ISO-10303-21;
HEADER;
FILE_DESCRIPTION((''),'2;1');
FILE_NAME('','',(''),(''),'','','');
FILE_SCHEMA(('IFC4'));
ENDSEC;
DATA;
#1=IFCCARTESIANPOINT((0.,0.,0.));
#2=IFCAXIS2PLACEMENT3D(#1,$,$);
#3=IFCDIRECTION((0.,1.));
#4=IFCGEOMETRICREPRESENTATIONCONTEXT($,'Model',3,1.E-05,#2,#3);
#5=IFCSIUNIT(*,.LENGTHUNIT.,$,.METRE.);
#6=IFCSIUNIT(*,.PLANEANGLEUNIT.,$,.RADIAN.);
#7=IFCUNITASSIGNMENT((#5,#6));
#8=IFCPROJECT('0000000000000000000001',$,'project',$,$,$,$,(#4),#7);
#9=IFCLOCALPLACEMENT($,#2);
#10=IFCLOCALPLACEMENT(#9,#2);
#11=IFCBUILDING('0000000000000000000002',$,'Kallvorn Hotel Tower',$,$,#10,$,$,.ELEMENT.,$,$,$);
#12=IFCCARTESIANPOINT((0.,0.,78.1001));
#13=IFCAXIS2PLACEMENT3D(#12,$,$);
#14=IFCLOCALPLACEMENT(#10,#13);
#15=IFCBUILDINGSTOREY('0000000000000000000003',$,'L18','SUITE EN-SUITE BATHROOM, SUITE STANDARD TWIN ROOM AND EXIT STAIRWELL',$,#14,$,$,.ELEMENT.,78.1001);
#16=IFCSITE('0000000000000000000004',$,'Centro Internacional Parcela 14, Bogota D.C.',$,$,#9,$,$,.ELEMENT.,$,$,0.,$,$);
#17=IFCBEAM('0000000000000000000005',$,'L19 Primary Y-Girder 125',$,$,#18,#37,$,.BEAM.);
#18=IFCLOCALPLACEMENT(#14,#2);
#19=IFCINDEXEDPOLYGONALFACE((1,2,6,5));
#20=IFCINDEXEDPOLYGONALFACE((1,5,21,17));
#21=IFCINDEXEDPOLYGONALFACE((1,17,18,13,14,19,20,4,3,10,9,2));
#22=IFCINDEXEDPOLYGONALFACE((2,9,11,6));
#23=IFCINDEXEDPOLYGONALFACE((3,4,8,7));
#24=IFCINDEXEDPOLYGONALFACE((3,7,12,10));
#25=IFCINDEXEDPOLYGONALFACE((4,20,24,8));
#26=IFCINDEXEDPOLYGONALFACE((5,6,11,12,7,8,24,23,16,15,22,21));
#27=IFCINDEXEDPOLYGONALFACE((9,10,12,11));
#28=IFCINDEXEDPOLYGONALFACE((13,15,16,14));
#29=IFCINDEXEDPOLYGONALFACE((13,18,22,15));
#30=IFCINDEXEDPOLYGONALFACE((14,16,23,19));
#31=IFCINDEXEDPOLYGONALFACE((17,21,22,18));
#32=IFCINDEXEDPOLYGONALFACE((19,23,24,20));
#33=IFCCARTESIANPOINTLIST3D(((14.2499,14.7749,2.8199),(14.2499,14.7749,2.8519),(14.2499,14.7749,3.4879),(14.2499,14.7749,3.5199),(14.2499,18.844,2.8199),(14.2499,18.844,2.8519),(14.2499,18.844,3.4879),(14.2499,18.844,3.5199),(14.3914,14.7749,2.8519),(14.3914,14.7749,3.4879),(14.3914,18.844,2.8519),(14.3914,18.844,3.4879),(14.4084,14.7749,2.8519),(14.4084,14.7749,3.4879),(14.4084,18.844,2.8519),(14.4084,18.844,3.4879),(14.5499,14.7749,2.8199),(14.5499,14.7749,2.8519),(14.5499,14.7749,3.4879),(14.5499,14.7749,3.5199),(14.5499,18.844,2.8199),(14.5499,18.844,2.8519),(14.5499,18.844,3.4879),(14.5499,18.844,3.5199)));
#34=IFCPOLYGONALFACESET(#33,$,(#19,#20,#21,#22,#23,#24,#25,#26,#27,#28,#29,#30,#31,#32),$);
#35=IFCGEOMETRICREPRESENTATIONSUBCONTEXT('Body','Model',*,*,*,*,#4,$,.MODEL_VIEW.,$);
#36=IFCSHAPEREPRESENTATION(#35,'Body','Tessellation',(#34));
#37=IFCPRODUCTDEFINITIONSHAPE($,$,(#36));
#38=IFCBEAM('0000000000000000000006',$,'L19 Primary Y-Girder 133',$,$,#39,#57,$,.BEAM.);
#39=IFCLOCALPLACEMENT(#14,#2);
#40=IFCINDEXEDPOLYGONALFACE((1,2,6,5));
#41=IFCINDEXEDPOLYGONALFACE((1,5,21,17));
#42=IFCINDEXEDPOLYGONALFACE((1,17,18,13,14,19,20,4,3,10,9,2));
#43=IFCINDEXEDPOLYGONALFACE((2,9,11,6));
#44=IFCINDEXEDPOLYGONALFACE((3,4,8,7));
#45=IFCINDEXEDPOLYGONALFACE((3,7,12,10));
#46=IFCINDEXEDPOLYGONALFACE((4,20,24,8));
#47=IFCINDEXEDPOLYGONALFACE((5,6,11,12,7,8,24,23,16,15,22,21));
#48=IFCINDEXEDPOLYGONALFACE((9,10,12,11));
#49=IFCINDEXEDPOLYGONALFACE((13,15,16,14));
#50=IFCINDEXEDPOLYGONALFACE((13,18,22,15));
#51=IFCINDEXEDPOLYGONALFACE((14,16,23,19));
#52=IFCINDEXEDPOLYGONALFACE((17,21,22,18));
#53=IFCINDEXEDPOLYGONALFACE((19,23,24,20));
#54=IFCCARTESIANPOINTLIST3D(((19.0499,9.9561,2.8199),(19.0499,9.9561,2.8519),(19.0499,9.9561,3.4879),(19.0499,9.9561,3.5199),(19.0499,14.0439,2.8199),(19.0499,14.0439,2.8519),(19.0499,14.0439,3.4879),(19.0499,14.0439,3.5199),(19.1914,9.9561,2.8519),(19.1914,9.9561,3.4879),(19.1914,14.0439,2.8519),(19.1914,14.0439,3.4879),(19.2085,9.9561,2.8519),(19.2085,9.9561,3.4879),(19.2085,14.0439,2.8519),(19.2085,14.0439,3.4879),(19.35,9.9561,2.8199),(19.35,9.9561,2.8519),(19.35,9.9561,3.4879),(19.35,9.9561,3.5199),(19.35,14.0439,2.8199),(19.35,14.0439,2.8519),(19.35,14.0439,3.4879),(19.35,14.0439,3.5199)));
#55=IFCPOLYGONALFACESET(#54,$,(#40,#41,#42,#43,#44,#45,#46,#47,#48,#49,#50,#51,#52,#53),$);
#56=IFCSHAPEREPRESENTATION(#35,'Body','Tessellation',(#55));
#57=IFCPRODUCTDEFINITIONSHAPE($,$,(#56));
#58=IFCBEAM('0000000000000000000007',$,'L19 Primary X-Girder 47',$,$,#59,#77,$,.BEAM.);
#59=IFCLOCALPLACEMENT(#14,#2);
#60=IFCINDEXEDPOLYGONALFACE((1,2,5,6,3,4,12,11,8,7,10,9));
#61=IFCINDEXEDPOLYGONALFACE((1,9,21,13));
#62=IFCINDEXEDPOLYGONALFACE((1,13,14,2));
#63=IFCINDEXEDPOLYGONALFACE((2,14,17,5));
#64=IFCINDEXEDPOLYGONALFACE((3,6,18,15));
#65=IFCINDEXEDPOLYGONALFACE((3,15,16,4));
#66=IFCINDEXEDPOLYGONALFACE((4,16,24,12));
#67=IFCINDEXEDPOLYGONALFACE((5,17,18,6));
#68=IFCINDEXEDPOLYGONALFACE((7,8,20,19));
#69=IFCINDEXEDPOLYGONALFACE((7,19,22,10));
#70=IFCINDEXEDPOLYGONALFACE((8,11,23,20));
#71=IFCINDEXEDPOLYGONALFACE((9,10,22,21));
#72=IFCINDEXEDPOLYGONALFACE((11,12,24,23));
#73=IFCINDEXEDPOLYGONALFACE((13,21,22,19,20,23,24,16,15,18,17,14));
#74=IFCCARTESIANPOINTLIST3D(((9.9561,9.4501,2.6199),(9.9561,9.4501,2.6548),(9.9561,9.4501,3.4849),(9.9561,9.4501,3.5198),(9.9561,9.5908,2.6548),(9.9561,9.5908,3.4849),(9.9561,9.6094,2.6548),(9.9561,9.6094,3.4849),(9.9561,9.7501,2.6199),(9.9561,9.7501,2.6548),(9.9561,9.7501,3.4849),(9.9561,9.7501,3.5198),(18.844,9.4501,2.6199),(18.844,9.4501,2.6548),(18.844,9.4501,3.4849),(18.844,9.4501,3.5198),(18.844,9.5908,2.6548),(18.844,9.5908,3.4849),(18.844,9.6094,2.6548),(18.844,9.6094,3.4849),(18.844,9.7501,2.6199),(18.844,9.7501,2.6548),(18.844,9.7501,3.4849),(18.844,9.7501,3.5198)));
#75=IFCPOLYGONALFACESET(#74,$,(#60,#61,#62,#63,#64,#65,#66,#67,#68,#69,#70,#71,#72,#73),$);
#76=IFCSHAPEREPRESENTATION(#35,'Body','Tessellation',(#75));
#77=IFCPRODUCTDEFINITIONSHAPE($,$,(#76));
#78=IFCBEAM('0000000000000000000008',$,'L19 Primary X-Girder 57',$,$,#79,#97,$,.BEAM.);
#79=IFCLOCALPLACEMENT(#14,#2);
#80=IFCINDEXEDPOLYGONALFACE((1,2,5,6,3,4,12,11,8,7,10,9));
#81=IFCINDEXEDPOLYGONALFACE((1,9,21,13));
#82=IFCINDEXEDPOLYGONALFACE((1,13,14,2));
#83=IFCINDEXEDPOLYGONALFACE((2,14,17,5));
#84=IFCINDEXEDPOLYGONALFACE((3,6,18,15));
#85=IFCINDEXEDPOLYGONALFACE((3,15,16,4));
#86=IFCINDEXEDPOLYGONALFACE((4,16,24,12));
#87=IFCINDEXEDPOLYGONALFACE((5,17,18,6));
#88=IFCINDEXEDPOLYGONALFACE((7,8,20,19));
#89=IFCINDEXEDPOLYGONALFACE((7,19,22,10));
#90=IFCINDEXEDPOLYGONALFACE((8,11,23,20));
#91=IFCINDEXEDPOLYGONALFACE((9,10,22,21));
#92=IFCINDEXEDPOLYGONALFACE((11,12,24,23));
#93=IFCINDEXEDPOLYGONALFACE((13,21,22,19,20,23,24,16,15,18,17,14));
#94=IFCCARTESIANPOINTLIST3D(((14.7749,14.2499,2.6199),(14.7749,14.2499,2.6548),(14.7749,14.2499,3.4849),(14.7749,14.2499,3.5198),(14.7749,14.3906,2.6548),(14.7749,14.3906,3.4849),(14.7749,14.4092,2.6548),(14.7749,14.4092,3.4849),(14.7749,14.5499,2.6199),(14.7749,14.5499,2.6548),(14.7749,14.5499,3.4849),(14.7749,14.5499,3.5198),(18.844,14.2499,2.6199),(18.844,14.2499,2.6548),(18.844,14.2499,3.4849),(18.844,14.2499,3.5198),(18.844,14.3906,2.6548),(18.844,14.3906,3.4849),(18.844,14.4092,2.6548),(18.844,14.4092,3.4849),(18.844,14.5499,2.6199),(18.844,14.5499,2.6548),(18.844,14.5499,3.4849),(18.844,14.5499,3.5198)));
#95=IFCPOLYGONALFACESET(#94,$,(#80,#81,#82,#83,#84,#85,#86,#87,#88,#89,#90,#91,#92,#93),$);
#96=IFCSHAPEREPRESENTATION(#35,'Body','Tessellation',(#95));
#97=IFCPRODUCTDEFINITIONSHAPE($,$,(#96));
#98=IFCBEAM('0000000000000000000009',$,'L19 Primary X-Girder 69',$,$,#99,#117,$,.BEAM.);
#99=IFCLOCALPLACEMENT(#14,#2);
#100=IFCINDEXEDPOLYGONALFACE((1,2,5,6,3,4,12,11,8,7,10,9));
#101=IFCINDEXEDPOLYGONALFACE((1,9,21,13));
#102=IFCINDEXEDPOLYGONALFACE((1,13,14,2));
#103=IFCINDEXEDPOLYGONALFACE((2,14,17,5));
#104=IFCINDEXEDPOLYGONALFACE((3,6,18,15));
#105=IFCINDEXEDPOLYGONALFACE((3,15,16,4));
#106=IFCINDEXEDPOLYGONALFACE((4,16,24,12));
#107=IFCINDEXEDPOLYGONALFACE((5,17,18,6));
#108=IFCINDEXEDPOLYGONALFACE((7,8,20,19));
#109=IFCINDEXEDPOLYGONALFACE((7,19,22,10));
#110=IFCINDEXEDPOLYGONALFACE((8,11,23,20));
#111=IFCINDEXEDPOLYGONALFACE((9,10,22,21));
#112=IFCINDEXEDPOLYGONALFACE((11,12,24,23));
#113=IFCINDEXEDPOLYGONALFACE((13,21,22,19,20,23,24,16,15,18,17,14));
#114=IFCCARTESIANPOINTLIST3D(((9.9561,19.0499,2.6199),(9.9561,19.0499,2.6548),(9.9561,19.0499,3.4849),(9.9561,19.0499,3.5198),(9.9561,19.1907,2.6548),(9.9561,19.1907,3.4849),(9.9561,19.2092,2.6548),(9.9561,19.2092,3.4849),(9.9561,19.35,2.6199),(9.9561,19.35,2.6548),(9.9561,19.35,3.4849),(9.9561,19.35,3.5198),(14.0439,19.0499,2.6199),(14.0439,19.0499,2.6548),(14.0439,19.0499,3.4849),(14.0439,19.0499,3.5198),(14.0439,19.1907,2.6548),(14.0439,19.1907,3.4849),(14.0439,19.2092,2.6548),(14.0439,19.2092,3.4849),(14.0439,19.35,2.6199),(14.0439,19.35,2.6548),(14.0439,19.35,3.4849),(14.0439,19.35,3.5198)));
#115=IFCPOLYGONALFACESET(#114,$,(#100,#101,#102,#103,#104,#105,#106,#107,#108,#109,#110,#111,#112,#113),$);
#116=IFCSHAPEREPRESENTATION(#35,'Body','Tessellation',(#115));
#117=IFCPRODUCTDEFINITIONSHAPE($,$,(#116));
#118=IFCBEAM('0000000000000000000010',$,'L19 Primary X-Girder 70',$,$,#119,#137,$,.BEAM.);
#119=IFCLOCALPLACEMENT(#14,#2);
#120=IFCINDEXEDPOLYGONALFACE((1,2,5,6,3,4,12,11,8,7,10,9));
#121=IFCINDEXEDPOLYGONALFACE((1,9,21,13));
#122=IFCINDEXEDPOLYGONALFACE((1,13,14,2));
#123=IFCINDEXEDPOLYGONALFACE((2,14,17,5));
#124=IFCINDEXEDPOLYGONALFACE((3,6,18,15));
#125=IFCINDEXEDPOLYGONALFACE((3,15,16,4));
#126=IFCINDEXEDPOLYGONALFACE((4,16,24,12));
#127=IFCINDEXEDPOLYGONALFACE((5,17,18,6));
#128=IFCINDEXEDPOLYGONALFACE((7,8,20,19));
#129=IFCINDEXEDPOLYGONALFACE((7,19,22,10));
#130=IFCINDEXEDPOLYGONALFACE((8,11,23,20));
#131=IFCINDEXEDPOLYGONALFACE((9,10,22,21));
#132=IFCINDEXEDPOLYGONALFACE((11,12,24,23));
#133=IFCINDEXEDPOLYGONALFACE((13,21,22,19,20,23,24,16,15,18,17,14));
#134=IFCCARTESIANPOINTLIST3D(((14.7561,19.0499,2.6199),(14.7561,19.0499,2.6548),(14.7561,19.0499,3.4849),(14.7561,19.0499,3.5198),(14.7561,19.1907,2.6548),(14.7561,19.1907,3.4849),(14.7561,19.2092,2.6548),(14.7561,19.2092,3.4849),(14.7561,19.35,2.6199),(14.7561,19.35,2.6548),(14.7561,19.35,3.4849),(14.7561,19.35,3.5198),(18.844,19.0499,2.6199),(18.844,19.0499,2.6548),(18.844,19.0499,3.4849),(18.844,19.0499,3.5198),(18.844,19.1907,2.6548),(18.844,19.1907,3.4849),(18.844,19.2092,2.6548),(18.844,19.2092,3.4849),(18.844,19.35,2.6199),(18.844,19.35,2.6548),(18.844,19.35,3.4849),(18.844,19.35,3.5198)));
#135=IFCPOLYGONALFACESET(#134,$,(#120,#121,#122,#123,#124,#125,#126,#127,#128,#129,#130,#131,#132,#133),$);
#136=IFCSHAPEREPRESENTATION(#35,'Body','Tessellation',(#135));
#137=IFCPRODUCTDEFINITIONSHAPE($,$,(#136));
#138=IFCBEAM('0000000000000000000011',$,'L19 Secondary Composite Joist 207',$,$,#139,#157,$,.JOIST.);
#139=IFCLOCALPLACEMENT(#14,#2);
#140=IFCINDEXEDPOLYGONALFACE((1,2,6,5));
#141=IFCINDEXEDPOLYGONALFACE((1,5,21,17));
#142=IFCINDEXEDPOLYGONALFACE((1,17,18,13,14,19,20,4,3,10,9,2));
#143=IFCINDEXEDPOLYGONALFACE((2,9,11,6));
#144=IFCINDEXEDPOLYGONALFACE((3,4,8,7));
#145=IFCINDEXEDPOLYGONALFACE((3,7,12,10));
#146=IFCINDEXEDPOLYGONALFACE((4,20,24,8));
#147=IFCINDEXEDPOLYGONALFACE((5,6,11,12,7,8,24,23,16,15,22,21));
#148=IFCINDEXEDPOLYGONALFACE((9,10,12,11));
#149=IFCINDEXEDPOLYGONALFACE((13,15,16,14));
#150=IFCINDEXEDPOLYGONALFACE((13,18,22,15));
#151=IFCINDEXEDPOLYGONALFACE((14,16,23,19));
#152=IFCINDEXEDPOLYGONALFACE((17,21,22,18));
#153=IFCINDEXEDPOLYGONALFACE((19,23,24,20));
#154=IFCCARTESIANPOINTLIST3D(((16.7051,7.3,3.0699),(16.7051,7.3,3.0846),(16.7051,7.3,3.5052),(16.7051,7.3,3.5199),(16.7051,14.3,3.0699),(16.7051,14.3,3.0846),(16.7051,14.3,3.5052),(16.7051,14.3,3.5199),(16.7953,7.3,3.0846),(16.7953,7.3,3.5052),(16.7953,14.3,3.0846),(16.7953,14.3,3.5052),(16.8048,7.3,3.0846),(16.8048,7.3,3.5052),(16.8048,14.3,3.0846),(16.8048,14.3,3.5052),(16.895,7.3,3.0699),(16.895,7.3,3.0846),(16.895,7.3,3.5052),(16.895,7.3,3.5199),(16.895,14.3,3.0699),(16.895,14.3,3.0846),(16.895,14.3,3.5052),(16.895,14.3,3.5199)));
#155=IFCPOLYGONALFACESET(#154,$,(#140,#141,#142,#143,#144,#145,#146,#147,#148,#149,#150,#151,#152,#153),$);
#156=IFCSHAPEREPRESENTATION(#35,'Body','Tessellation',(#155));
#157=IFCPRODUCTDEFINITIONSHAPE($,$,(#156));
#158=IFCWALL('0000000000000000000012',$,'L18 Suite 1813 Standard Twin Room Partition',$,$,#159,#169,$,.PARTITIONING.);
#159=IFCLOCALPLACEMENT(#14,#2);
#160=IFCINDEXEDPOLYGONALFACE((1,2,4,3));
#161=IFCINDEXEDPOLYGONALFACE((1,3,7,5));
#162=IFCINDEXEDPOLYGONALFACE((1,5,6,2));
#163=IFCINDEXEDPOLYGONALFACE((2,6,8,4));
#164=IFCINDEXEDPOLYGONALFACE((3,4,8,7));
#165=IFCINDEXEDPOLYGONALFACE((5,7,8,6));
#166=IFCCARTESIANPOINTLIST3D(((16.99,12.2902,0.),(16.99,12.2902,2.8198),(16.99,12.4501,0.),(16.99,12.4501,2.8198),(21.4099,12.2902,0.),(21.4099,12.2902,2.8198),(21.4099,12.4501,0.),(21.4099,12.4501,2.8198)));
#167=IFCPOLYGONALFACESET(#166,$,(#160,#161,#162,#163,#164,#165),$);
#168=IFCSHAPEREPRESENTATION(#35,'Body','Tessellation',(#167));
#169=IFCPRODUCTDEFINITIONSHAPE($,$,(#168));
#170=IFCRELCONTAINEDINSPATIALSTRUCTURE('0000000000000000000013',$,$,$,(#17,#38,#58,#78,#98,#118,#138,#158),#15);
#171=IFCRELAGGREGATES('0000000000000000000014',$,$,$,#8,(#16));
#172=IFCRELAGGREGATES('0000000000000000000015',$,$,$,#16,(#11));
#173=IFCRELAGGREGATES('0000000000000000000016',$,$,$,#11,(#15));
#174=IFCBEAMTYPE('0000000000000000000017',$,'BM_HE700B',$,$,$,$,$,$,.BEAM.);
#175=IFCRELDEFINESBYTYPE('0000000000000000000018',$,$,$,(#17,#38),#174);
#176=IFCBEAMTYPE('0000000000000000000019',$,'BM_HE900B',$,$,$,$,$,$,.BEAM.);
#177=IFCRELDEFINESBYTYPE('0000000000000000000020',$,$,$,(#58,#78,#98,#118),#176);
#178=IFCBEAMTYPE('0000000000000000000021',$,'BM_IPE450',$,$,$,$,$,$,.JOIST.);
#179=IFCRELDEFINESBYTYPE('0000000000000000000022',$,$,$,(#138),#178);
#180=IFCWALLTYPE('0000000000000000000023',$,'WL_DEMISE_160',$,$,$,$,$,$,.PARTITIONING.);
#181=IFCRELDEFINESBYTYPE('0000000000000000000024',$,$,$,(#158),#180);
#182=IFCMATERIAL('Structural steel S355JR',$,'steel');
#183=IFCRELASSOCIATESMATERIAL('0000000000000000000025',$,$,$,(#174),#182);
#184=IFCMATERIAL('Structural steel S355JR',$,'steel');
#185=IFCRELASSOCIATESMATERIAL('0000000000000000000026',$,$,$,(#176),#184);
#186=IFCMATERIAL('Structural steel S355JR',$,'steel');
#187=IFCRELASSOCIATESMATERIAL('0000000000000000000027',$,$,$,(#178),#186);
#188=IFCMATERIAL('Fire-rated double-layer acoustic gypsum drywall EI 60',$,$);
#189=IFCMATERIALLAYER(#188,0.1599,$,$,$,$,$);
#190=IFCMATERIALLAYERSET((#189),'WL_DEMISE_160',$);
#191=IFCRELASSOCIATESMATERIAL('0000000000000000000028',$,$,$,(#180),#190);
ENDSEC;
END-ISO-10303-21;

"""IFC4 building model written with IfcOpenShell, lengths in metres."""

from ifc_helpers import new_model, si_unit, direction, frame, frame_2d, origin, origin_2d, place, context, subcontext, project, spatial, rectangle, i_section, extrude, material, layer, layer_set, material_profile, profile_set, type_object, element, save


model = new_model("IFC4")

# Units and contexts
model_context = context("Model", 3, precision=1e-05, world=origin(), true_north=direction((0.0, 1.0)))
body_context = subcontext(model_context, "Body", "Model", "MODEL_VIEW")
ifc_project = project(units=[si_unit("LENGTHUNIT", "METRE"), si_unit("PLANEANGLEUNIT", "RADIAN")], contexts=[model_context])

# Site, building, storey
site_placement = place(None, origin())
site = spatial("IfcSite", under=ifc_project, at=site_placement, Name="Centro Internacional Parcela 14, Bogota D.C.", CompositionType="ELEMENT", RefElevation=0.0)
building_placement = place(site_placement, origin())
building = spatial("IfcBuilding", under=site, at=building_placement, Name="Kallvorn Hotel Tower", CompositionType="ELEMENT")
storey_placement = place(building_placement, frame((0.0, 0.0, 78.1001)))
storey = spatial("IfcBuildingStorey", under=building, at=storey_placement, Name="L18", Description="SUITE EN-SUITE BATHROOM, SUITE STANDARD TWIN ROOM AND EXIT STAIRWELL", CompositionType="ELEMENT", Elevation=78.1001)

# Beams
ifc_material_1 = material(Name="Structural steel S355JR", Category="steel")
ifc_material_profile_1 = material_profile(ifc_material_1, i_section(OverallWidth=0.3, OverallDepth=0.7, WebThickness=0.0171, FlangeThickness=0.032, at=origin_2d()), Name="HE 700 B")
ifc_profile_set_1 = profile_set([ifc_material_profile_1], Name="Structural steel S355JR")
beam_type_1 = type_object("IfcBeamType", Name="BM_HE700B", PredefinedType="BEAM", material=ifc_profile_set_1)
beam_1_placement = place(storey_placement, frame((14.3999, 14.7749, 3.1699), z_axis=(0.0, 1.0, 0.0), x_axis=(-1.0, 0.0, 0.0)))
element("IfcBeam", 1, at=beam_1_placement, inside=storey, type_object=beam_type_1, Name="L19 Primary Y-Girder 125", PredefinedType="BEAM", context=body_context, shape_type="SweptSolid", body=[
    extrude(i_section(OverallWidth=0.3, OverallDepth=0.7, WebThickness=0.0171, FlangeThickness=0.032, at=origin_2d()), origin(), (0.0, 0.0, 1.0), 4.0691),
])
beam_2_placement = place(storey_placement, frame((19.2, 9.9561, 3.1699), z_axis=(0.0, 1.0, 0.0), x_axis=(-1.0, 0.0, 0.0)))
element("IfcBeam", 2, at=beam_2_placement, inside=storey, type_object=beam_type_1, Name="L19 Primary Y-Girder 133", PredefinedType="BEAM", context=body_context, shape_type="SweptSolid", body=[
    extrude(i_section(OverallWidth=0.3, OverallDepth=0.7, WebThickness=0.0171, FlangeThickness=0.032, at=origin_2d()), origin(), (0.0, 0.0, 1.0), 4.0879),
])
ifc_material_2 = material(Name="Structural steel S355JR", Category="steel")
ifc_material_profile_2 = material_profile(ifc_material_2, i_section(OverallWidth=0.3, OverallDepth=0.8999, WebThickness=0.0186, FlangeThickness=0.0349, at=origin_2d()), Name="HE 900 B")
ifc_profile_set_2 = profile_set([ifc_material_profile_2], Name="Structural steel S355JR")
beam_type_2 = type_object("IfcBeamType", Name="BM_HE900B", PredefinedType="BEAM", material=ifc_profile_set_2)
beam_3_placement = place(storey_placement, frame((9.9561, 9.6001, 3.0698), z_axis=(1.0, 0.0, 0.0), x_axis=(0.0, 1.0, 0.0)))
element("IfcBeam", 3, at=beam_3_placement, inside=storey, type_object=beam_type_2, Name="L19 Primary X-Girder 47", PredefinedType="BEAM", context=body_context, shape_type="SweptSolid", body=[
    extrude(i_section(OverallWidth=0.3, OverallDepth=0.8999, WebThickness=0.0186, FlangeThickness=0.0349, at=origin_2d()), origin(), (0.0, 0.0, 1.0), 8.8879),
])
beam_4_placement = place(storey_placement, frame((14.7749, 14.3999, 3.0698), z_axis=(1.0, 0.0, 0.0), x_axis=(0.0, 1.0, 0.0)))
element("IfcBeam", 4, at=beam_4_placement, inside=storey, type_object=beam_type_2, Name="L19 Primary X-Girder 57", PredefinedType="BEAM", context=body_context, shape_type="SweptSolid", body=[
    extrude(i_section(OverallWidth=0.3, OverallDepth=0.8999, WebThickness=0.0186, FlangeThickness=0.0349, at=origin_2d()), origin(), (0.0, 0.0, 1.0), 4.0691),
])
for number, where, z_axis, x_axis, name in (
    (5, (9.9561, 19.2, 3.0698), (1.0, 0.0, 0.0), (0.0, 1.0, 0.0), "L19 Primary X-Girder 69"),
    (6, (14.7561, 19.2, 3.0698), (1.0, 0.0, 0.0), (0.0, 1.0, 0.0), "L19 Primary X-Girder 70"),
):
    element("IfcBeam", number, at=place(storey_placement, frame(where, z_axis=z_axis, x_axis=x_axis)), inside=storey, type_object=beam_type_2, Name=name, PredefinedType="BEAM", context=body_context, shape_type="SweptSolid", body=[
        extrude(i_section(OverallWidth=0.3, OverallDepth=0.8999, WebThickness=0.0186, FlangeThickness=0.0349, at=origin_2d()), origin(), (0.0, 0.0, 1.0), 4.0879),
    ])
ifc_material_3 = material(Name="Structural steel S355JR", Category="steel")
ifc_material_profile_3 = material_profile(ifc_material_3, i_section(OverallWidth=0.1899, OverallDepth=0.45, WebThickness=0.0095, FlangeThickness=0.0146, at=origin_2d()), Name="IPE 450")
ifc_profile_set_3 = profile_set([ifc_material_profile_3], Name="Structural steel S355JR")
beam_type_3 = type_object("IfcBeamType", Name="BM_IPE450", PredefinedType="JOIST", material=ifc_profile_set_3)
beam_5_placement = place(storey_placement, frame((16.8, 7.3, 3.2949), z_axis=(0.0, 1.0, 0.0), x_axis=(-1.0, 0.0, 0.0)))
element("IfcBeam", 7, at=beam_5_placement, inside=storey, type_object=beam_type_3, Name="L19 Secondary Composite Joist 207", PredefinedType="JOIST", context=body_context, shape_type="SweptSolid", body=[
    extrude(i_section(OverallWidth=0.1899, OverallDepth=0.45, WebThickness=0.0095, FlangeThickness=0.0146, at=origin_2d()), origin(), (0.0, 0.0, 1.0), 7.0),
])

# Wall
ifc_material_4 = material(Name="Fire-rated double-layer acoustic gypsum drywall EI 60")
ifc_layer = layer(ifc_material_4, 0.1599)
ifc_layer_set = layer_set([ifc_layer], Name="WL_DEMISE_160")
wall_type = type_object("IfcWallType", Name="WL_DEMISE_160", PredefinedType="PARTITIONING", material=ifc_layer_set)
wall_1_placement = place(storey_placement, frame((16.99, 12.3701, 0.0), z_axis=(0.0, 0.0, 1.0), x_axis=(1.0, 0.0, 0.0)))
element("IfcWall", 8, at=wall_1_placement, inside=storey, type_object=wall_type, Name="L18 Suite 1813 Standard Twin Room Partition", PredefinedType="PARTITIONING", context=body_context, shape_type="SweptSolid", body=[
    extrude(rectangle(XDim=4.4199, YDim=0.1599, at=frame_2d((2.21, 0.0))), origin(), (0.0, 0.0, 1.0), 2.8198),
])

save(model, "model.ifc")
